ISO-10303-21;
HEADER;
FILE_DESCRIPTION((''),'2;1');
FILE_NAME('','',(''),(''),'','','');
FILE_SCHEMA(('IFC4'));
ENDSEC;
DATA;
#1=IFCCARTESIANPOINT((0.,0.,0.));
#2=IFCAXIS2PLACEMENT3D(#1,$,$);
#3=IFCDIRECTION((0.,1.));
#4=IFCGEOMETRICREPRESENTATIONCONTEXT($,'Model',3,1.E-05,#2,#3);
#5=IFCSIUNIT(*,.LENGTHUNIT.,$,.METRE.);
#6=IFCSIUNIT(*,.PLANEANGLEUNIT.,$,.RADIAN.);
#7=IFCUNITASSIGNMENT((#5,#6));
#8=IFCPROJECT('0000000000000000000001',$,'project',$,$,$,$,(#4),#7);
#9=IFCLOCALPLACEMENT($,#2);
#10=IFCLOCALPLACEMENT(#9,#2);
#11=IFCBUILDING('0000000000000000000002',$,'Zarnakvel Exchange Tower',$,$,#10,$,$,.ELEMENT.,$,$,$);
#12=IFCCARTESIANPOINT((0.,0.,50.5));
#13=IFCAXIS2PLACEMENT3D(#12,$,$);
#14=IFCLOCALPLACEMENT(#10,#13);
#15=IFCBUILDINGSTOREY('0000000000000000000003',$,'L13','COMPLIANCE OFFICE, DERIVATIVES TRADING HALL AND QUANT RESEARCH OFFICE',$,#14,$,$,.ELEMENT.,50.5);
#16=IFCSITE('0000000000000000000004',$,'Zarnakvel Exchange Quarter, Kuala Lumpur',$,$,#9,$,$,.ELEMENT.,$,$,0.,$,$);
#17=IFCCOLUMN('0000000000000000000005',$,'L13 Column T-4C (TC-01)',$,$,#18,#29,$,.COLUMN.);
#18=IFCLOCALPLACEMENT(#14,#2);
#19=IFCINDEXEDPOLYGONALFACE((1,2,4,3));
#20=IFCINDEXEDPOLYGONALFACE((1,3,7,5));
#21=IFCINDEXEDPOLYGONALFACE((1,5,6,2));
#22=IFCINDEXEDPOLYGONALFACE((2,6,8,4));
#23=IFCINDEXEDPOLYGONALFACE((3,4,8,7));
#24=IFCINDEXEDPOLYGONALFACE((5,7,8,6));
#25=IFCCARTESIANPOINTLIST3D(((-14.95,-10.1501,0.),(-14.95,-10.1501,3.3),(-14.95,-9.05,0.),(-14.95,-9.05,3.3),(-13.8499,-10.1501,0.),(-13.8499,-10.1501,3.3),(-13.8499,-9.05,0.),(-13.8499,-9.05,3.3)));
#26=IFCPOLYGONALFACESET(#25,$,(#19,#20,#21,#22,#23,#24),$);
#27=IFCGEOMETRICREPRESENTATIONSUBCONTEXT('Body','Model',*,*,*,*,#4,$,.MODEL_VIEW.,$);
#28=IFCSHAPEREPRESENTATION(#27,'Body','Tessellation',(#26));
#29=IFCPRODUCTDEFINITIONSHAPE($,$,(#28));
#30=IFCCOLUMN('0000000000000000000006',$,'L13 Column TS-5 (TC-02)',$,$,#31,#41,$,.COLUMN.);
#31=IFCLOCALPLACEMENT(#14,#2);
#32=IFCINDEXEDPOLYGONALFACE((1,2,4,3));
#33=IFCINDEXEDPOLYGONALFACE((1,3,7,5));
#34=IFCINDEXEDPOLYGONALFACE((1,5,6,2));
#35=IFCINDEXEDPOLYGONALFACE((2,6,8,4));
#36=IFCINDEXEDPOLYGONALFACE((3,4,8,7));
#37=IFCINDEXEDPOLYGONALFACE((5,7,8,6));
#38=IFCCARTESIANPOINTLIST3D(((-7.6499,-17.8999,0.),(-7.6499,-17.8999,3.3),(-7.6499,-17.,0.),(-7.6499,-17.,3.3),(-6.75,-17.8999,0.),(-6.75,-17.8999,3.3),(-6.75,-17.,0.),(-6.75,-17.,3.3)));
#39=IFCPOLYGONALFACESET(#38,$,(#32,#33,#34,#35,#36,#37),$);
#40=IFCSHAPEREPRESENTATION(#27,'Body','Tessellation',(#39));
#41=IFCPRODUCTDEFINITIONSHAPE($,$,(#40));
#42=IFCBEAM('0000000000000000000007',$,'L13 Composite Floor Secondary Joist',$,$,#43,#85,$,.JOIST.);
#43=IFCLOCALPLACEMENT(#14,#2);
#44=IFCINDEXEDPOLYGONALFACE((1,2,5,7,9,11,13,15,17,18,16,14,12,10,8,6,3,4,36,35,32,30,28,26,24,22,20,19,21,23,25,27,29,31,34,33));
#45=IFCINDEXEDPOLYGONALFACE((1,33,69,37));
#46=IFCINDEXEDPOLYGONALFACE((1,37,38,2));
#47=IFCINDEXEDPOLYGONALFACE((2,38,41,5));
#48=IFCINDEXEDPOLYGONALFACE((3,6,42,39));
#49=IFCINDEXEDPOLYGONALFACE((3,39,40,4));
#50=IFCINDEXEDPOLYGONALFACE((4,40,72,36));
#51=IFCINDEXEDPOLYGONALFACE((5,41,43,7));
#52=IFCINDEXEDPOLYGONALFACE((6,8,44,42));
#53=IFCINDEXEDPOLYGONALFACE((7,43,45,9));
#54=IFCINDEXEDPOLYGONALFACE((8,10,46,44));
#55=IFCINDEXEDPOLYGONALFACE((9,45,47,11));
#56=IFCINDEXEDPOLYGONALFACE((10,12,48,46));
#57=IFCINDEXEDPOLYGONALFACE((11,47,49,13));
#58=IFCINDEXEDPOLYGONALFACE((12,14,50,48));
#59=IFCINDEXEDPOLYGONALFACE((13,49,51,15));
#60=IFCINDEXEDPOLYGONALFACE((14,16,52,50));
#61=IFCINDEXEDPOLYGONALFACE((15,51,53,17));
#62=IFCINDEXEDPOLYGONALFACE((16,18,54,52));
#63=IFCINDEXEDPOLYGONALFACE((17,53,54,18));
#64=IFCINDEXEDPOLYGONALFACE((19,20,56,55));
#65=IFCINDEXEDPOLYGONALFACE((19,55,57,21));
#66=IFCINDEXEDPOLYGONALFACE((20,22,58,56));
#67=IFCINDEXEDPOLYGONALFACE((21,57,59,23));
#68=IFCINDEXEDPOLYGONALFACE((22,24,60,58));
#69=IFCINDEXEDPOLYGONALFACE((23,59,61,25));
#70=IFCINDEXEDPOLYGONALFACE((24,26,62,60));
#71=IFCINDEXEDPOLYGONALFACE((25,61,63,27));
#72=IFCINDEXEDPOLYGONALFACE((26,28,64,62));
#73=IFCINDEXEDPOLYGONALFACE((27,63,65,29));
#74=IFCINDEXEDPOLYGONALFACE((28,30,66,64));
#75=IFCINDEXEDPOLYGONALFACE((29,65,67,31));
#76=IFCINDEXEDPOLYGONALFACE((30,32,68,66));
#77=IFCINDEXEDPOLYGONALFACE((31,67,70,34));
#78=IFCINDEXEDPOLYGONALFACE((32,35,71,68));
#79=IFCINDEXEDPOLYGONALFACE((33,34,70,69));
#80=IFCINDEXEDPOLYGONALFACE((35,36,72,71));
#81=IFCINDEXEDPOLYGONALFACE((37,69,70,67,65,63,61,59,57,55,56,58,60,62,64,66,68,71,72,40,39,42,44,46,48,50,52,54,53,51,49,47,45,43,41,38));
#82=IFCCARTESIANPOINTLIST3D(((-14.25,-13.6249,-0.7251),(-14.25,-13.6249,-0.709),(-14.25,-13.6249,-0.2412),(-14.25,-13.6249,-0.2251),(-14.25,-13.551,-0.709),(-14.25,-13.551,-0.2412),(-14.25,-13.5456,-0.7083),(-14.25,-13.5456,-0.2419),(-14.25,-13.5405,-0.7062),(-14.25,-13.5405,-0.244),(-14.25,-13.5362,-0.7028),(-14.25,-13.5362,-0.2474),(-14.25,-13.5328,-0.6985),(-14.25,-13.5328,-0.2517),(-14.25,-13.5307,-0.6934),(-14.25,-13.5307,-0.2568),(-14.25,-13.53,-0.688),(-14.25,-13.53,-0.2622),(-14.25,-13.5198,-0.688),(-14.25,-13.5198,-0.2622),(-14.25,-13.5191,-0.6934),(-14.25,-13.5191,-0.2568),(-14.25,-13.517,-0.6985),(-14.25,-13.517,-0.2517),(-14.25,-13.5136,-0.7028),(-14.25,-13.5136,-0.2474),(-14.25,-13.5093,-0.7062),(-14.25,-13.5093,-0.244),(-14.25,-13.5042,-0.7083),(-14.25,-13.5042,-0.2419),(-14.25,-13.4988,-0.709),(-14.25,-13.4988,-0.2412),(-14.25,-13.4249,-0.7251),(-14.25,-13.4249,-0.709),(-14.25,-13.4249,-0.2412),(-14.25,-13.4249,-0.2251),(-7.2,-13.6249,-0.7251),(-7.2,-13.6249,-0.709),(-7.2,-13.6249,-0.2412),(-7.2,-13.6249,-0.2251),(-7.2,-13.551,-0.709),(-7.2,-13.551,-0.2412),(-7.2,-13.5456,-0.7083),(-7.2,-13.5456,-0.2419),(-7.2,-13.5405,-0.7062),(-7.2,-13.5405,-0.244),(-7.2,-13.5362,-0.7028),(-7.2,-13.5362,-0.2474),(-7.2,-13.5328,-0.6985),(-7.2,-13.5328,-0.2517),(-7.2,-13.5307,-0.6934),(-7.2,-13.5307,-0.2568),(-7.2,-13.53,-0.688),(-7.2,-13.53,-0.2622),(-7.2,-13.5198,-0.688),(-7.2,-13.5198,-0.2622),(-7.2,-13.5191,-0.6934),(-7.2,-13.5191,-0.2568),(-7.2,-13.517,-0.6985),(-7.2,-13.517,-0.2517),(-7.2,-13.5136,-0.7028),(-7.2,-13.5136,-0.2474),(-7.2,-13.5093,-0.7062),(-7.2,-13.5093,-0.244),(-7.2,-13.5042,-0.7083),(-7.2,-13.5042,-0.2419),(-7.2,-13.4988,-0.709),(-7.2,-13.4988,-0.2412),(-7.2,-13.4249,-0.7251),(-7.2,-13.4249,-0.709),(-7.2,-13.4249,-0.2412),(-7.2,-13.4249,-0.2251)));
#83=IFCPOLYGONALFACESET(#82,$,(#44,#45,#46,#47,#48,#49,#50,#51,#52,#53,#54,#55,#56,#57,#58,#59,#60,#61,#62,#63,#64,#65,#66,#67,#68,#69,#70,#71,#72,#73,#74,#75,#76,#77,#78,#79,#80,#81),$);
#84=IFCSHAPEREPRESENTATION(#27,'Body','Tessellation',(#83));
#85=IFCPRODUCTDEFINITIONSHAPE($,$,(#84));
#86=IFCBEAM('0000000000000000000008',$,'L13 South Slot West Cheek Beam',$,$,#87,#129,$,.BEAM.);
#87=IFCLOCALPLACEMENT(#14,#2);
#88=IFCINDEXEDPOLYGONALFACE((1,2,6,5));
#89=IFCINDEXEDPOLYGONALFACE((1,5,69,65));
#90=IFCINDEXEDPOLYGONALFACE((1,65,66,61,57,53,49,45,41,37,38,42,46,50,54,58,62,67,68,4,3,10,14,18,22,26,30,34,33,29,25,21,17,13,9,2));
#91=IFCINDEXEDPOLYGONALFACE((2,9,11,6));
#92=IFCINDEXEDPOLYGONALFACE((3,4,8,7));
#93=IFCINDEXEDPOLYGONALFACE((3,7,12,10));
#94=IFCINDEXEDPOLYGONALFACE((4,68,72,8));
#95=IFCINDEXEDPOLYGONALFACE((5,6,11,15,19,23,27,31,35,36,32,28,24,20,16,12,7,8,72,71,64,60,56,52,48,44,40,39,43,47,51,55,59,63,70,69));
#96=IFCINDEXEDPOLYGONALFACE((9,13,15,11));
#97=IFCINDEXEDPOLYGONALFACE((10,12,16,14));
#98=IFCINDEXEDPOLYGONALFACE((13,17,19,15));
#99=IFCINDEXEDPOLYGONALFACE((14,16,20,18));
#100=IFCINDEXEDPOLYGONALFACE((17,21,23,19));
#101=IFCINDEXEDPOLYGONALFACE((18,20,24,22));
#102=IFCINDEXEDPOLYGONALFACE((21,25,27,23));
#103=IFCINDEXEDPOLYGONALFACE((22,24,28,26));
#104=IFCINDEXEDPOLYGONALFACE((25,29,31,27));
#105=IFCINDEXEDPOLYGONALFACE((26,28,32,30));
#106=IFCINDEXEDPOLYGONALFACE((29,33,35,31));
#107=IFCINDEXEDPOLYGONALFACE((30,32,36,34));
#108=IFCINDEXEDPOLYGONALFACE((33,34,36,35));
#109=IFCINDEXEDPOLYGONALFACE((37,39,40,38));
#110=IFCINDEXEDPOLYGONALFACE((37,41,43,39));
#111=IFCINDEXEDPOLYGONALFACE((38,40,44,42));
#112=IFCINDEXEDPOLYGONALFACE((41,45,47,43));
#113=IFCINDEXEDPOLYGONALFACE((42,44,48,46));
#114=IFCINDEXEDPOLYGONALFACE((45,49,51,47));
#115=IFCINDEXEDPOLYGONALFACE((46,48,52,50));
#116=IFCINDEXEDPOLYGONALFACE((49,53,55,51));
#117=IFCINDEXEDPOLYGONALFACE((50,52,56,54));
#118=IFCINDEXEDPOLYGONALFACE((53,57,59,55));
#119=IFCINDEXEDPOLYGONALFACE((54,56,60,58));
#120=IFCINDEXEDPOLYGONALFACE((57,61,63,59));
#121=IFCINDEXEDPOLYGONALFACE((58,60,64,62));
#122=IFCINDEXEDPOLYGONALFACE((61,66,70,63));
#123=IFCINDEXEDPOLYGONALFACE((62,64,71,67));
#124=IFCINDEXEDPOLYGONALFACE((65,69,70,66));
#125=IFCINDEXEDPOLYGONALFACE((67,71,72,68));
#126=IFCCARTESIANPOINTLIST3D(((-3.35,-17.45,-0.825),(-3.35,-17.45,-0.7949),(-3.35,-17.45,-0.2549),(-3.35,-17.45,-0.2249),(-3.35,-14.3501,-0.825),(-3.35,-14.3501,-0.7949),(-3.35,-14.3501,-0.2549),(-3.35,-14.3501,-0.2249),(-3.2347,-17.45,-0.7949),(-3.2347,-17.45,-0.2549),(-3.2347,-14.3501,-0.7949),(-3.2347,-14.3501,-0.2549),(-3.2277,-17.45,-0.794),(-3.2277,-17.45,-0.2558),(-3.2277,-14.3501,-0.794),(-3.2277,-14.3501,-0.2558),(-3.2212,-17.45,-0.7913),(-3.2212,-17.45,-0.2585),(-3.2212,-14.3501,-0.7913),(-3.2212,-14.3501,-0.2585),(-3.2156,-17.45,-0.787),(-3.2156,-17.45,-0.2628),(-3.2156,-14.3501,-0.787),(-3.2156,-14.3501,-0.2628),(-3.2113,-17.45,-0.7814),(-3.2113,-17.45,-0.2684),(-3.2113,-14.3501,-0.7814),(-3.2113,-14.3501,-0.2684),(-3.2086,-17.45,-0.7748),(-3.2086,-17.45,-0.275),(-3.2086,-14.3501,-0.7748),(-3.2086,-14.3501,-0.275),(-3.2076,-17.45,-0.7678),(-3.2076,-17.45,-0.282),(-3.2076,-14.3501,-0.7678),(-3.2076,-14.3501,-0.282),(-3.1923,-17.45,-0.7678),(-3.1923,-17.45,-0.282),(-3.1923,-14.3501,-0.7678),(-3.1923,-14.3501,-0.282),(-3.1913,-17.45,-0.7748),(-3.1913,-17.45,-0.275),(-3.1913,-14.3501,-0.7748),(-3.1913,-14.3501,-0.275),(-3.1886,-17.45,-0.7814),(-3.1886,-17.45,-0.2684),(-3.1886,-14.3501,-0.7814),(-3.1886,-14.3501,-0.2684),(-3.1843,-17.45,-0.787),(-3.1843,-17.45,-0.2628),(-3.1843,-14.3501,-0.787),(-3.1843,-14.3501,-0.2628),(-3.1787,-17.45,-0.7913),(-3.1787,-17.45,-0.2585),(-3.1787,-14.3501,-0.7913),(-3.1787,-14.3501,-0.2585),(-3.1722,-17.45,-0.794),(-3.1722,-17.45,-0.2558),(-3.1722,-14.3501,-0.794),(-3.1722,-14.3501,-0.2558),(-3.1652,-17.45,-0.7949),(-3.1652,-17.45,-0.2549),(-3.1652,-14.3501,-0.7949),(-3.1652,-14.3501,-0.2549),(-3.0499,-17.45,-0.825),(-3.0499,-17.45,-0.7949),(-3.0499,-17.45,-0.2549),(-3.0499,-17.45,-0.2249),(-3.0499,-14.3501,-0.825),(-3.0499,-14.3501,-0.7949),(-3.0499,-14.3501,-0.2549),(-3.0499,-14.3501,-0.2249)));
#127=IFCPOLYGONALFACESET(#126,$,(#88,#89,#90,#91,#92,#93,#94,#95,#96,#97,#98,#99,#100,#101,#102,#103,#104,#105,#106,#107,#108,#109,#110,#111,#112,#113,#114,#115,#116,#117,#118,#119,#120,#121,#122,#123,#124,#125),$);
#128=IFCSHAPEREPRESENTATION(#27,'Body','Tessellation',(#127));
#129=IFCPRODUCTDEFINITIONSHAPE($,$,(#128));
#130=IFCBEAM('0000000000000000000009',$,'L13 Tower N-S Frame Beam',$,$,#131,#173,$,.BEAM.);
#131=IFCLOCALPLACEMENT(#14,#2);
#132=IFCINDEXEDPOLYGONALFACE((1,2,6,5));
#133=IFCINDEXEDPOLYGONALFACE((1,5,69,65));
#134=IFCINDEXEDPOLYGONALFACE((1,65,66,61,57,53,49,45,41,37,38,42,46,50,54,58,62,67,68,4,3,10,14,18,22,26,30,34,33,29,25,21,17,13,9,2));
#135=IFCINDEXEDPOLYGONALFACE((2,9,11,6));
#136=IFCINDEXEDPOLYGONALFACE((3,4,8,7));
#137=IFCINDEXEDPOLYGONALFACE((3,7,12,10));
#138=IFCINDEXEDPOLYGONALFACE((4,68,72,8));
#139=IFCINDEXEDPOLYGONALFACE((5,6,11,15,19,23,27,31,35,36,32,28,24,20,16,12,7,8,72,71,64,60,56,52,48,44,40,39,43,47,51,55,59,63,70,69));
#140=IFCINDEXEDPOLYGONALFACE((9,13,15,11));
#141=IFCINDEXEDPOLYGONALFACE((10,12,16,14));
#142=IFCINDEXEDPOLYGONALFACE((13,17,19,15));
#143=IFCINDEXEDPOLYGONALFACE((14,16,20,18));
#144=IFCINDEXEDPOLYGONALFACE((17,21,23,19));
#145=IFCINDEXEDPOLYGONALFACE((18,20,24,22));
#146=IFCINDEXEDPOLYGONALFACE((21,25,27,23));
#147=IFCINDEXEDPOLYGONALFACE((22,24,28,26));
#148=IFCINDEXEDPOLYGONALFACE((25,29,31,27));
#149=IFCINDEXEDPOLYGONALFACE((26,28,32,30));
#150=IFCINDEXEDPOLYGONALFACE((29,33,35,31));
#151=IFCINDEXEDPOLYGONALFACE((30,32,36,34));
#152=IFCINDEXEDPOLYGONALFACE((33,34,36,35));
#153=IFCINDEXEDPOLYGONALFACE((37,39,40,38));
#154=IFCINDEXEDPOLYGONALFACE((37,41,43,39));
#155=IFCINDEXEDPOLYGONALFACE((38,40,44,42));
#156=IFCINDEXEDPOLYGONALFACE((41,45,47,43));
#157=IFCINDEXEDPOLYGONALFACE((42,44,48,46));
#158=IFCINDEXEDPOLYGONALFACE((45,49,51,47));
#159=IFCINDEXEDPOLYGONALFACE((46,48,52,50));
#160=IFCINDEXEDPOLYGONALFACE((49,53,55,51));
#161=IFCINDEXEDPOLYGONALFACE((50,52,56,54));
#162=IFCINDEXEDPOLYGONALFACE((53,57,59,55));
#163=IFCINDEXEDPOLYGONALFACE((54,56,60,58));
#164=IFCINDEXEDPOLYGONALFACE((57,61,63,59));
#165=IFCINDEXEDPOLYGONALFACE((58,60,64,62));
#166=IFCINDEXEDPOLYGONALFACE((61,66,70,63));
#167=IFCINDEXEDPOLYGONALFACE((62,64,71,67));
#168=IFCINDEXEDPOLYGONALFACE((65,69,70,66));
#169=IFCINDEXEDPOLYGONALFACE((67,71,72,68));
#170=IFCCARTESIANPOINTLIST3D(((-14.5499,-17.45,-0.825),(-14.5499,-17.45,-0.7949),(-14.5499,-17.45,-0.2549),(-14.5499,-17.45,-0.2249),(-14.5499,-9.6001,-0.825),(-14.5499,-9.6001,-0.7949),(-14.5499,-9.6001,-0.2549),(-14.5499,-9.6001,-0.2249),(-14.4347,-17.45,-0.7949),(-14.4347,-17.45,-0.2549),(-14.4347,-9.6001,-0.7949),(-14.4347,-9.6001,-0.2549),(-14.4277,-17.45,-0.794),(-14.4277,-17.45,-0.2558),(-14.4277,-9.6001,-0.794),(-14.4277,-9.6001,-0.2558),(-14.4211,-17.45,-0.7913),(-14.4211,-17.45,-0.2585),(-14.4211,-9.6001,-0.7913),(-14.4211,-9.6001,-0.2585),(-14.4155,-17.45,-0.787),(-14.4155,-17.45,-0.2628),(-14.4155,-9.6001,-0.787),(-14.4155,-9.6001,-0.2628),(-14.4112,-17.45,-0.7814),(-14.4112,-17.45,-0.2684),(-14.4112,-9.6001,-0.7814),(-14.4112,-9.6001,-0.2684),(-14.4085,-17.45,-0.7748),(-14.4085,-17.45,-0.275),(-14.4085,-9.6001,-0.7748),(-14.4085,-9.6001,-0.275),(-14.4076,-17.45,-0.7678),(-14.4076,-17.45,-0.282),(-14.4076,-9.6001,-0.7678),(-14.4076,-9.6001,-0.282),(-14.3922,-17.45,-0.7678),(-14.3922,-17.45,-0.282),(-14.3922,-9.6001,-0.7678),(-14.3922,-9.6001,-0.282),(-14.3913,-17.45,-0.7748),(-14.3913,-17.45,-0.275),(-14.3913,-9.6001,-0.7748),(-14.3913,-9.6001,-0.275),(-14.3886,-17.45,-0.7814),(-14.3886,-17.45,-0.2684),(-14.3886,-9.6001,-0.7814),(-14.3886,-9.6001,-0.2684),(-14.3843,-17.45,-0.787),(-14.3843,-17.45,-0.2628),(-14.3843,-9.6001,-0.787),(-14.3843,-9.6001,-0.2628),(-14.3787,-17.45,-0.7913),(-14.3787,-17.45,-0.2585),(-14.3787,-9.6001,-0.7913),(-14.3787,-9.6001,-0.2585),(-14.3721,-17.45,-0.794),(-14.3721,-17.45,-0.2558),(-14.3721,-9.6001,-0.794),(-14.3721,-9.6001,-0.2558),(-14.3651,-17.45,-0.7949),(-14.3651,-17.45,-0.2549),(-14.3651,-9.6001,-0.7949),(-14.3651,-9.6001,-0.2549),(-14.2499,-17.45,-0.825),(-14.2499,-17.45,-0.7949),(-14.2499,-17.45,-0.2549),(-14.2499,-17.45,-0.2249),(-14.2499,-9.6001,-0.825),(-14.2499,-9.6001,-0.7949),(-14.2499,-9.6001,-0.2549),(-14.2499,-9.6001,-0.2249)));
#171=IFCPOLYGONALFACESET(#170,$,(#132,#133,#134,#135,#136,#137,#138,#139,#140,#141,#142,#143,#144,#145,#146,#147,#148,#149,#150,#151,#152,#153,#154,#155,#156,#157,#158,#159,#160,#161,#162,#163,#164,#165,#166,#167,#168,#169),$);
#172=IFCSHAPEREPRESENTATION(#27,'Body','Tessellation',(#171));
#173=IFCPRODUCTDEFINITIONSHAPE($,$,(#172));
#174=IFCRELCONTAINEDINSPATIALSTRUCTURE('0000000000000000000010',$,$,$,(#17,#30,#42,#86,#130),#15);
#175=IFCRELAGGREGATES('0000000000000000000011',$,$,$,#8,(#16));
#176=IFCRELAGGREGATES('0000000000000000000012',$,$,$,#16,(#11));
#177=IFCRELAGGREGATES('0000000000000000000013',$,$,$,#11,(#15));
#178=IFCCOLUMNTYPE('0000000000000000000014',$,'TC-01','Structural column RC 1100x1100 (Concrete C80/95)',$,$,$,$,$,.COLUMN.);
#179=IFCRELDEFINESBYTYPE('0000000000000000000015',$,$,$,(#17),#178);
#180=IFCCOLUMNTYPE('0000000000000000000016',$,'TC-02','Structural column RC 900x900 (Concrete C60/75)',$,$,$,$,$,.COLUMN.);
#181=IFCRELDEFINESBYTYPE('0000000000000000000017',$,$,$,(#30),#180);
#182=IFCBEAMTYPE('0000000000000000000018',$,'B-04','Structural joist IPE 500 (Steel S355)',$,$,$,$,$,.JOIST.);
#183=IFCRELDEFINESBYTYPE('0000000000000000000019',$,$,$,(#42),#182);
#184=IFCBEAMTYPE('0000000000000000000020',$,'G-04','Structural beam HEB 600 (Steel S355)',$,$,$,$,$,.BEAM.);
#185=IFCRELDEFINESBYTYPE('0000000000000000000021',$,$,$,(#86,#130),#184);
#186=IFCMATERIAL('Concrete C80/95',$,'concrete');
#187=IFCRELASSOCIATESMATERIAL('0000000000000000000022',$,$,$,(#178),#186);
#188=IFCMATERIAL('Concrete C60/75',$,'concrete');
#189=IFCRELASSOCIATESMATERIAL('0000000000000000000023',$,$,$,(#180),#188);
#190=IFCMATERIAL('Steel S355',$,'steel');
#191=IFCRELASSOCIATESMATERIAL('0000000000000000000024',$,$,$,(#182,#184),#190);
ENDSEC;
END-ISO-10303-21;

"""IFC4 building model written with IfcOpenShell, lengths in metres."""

from ifc_helpers import new_model, si_unit, direction, frame, origin, origin_2d, place, context, subcontext, project, spatial, rectangle, i_section, extrude, material, material_profile, profile_set, type_object, element, save


model = new_model("IFC4")

# Units and contexts
model_context = context("Model", 3, precision=1e-05, world=origin(), true_north=direction((0.0, 1.0)))
body_context = subcontext(model_context, "Body", "Model", "MODEL_VIEW")
ifc_project = project(units=[si_unit("LENGTHUNIT", "METRE"), si_unit("PLANEANGLEUNIT", "RADIAN")], contexts=[model_context])

# Site, building, storey
site_placement = place(None, origin())
site = spatial("IfcSite", under=ifc_project, at=site_placement, Name="Zarnakvel Exchange Quarter, Kuala Lumpur", CompositionType="ELEMENT", RefElevation=0.0)
building_placement = place(site_placement, origin())
building = spatial("IfcBuilding", under=site, at=building_placement, Name="Zarnakvel Exchange Tower", CompositionType="ELEMENT")
storey_placement = place(building_placement, frame((0.0, 0.0, 50.5)))
storey = spatial("IfcBuildingStorey", under=building, at=storey_placement, Name="L13", Description="COMPLIANCE OFFICE, DERIVATIVES TRADING HALL AND QUANT RESEARCH OFFICE", CompositionType="ELEMENT", Elevation=50.5)

# Columns
ifc_material_1 = material(Name="Concrete C80/95", Category="concrete")
ifc_material_profile_1 = material_profile(ifc_material_1, rectangle(XDim=1.1001, YDim=1.1001, at=origin_2d()))
ifc_profile_set_1 = profile_set([ifc_material_profile_1], Name="Concrete C80/95")
column_type_1 = type_object("IfcColumnType", Name="TC-01", Description="Structural column RC 1100x1100 (Concrete C80/95)", PredefinedType="COLUMN", material=ifc_profile_set_1)
column_1_placement = place(storey_placement, frame((-14.3999, -9.6001, 0.0), z_axis=(0.0, 0.0, 1.0), x_axis=(1.0, 0.0, 0.0)))
element("IfcColumn", 1, at=column_1_placement, inside=storey, type_object=column_type_1, Name="L13 Column T-4C (TC-01)", PredefinedType="COLUMN", context=body_context, shape_type="SweptSolid", body=[
    extrude(rectangle(XDim=1.1001, YDim=1.1001, at=origin_2d()), origin(), (0.0, 0.0, 1.0), 3.3),
])
ifc_material_2 = material(Name="Concrete C60/75", Category="concrete")
ifc_material_profile_2 = material_profile(ifc_material_2, rectangle(XDim=0.8999, YDim=0.8999, at=origin_2d()))
ifc_profile_set_2 = profile_set([ifc_material_profile_2], Name="Concrete C60/75")
column_type_2 = type_object("IfcColumnType", Name="TC-02", Description="Structural column RC 900x900 (Concrete C60/75)", PredefinedType="COLUMN", material=ifc_profile_set_2)
column_2_placement = place(storey_placement, frame((-7.2, -17.45, 0.0), z_axis=(0.0, 0.0, 1.0), x_axis=(1.0, 0.0, 0.0)))
element("IfcColumn", 2, at=column_2_placement, inside=storey, type_object=column_type_2, Name="L13 Column TS-5 (TC-02)", PredefinedType="COLUMN", context=body_context, shape_type="SweptSolid", body=[
    extrude(rectangle(XDim=0.8999, YDim=0.8999, at=origin_2d()), origin(), (0.0, 0.0, 1.0), 3.3),
])

# Beams
ifc_material_3 = material(Name="Steel S355", Category="steel")
ifc_material_profile_3 = material_profile(ifc_material_3, i_section(OverallWidth=0.2, OverallDepth=0.5, WebThickness=0.0103, FlangeThickness=0.0161, FilletRadius=0.021, at=origin_2d()))
ifc_profile_set_3 = profile_set([ifc_material_profile_3], Name="Steel S355")
beam_type_1 = type_object("IfcBeamType", Name="B-04", Description="Structural joist IPE 500 (Steel S355)", PredefinedType="JOIST", material=ifc_profile_set_3)
beam_1_placement = place(storey_placement, frame((-14.25, -13.5249, -0.4751), z_axis=(1.0, 0.0, 0.0), x_axis=(0.0, 1.0, 0.0)))
element("IfcBeam", 3, at=beam_1_placement, inside=storey, type_object=beam_type_1, Name="L13 Composite Floor Secondary Joist", PredefinedType="JOIST", context=body_context, shape_type="SweptSolid", body=[
    extrude(i_section(OverallWidth=0.2, OverallDepth=0.5, WebThickness=0.0103, FlangeThickness=0.0161, FilletRadius=0.021, at=origin_2d()), origin(), (0.0, 0.0, 1.0), 7.05),
])
ifc_material_profile_4 = material_profile(ifc_material_3, i_section(OverallWidth=0.3, OverallDepth=0.6001, WebThickness=0.0154, FlangeThickness=0.03, FilletRadius=0.0271, at=origin_2d()))
ifc_profile_set_4 = profile_set([ifc_material_profile_4], Name="Steel S355")
beam_type_2 = type_object("IfcBeamType", Name="G-04", Description="Structural beam HEB 600 (Steel S355)", PredefinedType="BEAM", material=ifc_profile_set_4)
beam_2_placement = place(storey_placement, frame((-3.2, -17.45, -0.5249), z_axis=(0.0, 1.0, 0.0), x_axis=(-1.0, 0.0, 0.0)))
element("IfcBeam", 4, at=beam_2_placement, inside=storey, type_object=beam_type_2, Name="L13 South Slot West Cheek Beam", PredefinedType="BEAM", context=body_context, shape_type="SweptSolid", body=[
    extrude(i_section(OverallWidth=0.3, OverallDepth=0.6001, WebThickness=0.0154, FlangeThickness=0.03, FilletRadius=0.0271, at=origin_2d()), origin(), (0.0, 0.0, 1.0), 3.0999),
])
for number, where, z_axis, x_axis, name in (
    (5, (-14.3999, -17.45, -0.5249), (0.0, 1.0, 0.0), (-1.0, 0.0, 0.0), "L13 Tower N-S Frame Beam"),
):
    element("IfcBeam", number, at=place(storey_placement, frame(where, z_axis=z_axis, x_axis=x_axis)), inside=storey, type_object=beam_type_2, Name=name, PredefinedType="BEAM", context=body_context, shape_type="SweptSolid", body=[
        extrude(i_section(OverallWidth=0.3, OverallDepth=0.6001, WebThickness=0.0154, FlangeThickness=0.03, FilletRadius=0.0271, at=origin_2d()), origin(), (0.0, 0.0, 1.0), 7.8499),
    ])

save(model, "model.ifc")
